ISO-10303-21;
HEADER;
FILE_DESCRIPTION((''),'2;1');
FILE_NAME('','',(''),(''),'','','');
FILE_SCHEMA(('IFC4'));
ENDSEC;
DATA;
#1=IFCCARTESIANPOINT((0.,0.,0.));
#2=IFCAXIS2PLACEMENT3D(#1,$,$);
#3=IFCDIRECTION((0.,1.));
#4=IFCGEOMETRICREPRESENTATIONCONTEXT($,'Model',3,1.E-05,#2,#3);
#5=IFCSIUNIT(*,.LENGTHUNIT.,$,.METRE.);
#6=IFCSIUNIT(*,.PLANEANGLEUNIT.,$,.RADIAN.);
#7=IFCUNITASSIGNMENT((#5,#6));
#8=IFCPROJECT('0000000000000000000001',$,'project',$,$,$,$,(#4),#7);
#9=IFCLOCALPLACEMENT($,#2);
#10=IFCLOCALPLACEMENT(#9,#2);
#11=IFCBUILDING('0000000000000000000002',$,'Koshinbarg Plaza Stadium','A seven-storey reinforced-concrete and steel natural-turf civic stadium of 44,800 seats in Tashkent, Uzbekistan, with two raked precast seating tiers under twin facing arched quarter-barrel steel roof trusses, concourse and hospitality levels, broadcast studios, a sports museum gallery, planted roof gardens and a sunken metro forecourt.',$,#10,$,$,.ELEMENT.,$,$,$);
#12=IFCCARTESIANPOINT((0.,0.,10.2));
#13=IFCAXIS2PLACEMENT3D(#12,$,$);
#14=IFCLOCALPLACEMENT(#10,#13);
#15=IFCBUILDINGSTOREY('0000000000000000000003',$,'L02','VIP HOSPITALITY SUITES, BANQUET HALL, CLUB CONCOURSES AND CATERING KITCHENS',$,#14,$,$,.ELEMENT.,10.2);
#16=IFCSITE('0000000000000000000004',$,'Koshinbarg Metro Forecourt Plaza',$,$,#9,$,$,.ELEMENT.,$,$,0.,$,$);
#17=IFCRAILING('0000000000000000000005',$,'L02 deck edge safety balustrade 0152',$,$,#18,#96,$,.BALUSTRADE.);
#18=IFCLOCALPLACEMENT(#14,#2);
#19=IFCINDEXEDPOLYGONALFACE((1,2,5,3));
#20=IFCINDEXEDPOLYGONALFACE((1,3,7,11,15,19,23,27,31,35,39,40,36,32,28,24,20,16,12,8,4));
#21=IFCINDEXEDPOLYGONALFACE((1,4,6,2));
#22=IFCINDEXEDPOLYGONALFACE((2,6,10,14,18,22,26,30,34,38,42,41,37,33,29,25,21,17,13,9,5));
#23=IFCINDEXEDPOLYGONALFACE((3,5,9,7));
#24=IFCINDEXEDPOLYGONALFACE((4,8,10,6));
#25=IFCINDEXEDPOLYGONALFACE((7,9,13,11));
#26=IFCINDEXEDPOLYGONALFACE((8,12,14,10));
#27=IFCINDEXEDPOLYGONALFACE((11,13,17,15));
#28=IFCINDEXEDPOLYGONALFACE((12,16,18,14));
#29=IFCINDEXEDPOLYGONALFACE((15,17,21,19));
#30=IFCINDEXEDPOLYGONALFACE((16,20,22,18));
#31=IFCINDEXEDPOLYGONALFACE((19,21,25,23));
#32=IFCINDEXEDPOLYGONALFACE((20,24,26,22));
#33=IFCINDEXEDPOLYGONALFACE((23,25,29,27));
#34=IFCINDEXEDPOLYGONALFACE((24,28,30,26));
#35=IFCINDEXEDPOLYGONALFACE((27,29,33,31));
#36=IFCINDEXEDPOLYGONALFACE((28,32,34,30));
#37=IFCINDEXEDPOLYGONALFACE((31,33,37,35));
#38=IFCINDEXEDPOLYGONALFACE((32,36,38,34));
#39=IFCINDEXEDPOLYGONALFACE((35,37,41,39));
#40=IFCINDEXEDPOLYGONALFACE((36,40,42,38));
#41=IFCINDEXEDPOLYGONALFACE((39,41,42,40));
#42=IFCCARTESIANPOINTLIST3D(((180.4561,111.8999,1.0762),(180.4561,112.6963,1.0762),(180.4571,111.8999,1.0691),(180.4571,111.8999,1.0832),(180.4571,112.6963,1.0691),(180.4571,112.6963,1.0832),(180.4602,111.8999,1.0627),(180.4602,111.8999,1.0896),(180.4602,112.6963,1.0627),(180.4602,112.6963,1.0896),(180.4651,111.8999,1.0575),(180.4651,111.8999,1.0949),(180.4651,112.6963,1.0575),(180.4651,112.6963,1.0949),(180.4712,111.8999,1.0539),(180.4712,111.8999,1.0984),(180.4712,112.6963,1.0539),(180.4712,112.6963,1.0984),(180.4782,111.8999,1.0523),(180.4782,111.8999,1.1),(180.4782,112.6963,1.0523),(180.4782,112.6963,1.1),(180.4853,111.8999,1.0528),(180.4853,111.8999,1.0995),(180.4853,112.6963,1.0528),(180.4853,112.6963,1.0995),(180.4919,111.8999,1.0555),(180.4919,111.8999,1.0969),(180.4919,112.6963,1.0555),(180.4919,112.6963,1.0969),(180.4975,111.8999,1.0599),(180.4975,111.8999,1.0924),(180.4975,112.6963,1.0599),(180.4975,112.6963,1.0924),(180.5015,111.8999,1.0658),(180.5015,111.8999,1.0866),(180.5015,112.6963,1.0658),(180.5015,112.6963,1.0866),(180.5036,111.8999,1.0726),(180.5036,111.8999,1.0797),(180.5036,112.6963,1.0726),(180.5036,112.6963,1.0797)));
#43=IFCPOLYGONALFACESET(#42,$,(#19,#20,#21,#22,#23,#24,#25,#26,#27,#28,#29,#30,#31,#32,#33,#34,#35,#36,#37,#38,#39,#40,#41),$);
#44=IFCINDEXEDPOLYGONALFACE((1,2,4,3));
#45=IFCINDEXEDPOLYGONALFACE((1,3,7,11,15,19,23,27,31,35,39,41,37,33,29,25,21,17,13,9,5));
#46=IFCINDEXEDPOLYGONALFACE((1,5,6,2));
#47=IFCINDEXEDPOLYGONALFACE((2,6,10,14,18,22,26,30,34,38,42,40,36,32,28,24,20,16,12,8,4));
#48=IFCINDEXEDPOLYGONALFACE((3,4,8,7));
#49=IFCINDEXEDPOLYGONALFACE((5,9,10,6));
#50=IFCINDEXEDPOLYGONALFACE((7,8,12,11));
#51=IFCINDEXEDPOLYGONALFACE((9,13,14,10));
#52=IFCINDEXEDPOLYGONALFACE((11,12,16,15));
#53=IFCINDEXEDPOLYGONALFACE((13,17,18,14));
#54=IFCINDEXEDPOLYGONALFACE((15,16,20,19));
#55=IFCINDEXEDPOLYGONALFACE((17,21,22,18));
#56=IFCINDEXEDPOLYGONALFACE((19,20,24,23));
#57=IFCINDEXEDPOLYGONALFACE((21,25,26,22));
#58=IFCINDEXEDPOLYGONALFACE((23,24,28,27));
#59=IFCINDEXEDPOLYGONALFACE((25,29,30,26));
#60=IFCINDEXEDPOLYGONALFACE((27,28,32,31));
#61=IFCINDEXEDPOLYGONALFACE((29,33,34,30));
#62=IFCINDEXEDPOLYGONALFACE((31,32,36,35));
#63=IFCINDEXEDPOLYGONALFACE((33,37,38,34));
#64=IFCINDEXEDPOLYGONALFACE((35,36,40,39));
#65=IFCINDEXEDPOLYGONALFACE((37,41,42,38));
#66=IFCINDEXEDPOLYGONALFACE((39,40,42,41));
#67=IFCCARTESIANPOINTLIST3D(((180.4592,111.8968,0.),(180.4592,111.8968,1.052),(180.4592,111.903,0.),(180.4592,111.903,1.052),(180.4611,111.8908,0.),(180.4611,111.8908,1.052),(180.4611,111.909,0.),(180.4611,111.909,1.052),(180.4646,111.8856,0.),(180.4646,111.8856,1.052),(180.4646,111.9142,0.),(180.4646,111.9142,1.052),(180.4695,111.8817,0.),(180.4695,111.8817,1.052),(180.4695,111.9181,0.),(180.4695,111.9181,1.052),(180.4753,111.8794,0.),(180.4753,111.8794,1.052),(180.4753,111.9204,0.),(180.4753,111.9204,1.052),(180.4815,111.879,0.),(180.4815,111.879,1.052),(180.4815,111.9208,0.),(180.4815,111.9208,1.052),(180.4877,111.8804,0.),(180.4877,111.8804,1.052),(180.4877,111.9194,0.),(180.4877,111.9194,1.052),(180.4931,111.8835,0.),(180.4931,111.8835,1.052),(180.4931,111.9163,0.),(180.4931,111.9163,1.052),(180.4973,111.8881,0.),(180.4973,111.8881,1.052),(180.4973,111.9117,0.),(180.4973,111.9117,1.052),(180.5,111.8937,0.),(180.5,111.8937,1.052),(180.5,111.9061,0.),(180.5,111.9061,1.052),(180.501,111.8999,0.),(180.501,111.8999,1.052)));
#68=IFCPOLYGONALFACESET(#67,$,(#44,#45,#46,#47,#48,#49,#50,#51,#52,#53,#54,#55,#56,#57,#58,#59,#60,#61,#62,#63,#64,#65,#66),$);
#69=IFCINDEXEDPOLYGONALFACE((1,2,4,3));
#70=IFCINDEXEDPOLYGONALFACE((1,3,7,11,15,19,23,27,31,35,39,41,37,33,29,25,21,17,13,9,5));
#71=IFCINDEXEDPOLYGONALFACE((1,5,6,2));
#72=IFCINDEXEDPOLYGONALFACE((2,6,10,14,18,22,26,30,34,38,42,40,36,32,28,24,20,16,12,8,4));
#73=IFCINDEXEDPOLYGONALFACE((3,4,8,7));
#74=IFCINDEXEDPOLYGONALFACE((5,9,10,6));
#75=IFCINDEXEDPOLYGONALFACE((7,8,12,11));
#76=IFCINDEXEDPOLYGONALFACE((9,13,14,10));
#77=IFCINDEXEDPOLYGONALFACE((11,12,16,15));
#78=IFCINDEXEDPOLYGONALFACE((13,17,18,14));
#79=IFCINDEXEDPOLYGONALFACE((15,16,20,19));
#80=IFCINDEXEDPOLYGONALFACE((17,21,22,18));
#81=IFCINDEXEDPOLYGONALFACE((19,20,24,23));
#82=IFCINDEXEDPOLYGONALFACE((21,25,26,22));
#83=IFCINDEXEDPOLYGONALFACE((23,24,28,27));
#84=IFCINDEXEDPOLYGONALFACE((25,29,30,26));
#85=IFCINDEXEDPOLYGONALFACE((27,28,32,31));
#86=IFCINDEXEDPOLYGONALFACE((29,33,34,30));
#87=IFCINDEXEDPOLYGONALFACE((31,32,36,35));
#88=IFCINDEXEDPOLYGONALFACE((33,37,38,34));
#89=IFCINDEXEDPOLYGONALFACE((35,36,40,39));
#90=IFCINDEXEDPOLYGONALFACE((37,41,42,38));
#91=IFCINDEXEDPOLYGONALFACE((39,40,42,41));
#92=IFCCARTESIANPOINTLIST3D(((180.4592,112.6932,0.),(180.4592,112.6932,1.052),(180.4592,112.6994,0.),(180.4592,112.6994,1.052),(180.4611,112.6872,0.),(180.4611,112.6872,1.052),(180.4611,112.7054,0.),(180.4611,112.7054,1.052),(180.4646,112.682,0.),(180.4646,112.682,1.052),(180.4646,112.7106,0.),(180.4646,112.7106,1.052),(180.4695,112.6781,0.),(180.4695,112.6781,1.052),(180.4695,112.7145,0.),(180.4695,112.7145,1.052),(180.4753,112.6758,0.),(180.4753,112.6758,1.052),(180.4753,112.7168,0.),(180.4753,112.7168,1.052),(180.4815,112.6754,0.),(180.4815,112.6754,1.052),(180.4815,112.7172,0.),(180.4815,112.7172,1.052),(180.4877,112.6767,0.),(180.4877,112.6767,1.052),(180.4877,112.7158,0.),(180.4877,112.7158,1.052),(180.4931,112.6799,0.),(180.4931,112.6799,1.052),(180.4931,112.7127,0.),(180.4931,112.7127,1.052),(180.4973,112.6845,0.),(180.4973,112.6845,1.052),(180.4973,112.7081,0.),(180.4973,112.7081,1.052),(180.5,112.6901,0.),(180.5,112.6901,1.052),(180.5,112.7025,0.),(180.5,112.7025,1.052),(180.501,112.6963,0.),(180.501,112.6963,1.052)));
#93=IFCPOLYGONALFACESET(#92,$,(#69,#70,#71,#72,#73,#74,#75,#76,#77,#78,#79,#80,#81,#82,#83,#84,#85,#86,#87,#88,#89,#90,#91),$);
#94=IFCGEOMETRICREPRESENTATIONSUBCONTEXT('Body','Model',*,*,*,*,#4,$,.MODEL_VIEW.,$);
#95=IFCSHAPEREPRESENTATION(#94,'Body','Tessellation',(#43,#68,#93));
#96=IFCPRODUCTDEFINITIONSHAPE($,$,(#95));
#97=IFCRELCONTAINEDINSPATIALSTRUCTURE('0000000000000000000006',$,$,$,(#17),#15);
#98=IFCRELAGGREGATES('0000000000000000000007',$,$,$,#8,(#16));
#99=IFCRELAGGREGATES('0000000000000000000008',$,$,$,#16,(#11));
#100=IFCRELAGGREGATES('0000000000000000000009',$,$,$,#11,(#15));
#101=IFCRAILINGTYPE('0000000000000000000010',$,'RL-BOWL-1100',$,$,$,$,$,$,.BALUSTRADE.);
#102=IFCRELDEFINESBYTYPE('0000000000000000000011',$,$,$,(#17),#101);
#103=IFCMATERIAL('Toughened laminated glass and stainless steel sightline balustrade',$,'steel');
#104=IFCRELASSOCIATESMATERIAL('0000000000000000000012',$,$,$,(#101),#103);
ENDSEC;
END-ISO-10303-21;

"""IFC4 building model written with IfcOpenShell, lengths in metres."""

from ifc_helpers import new_model, si_unit, direction, frame, origin, origin_2d, place, context, subcontext, project, spatial, circle, extrude, material, type_object, element, save


model = new_model("IFC4")

# Units and contexts
model_context = context("Model", 3, precision=1e-05, world=origin(), true_north=direction((0.0, 1.0)))
body_context = subcontext(model_context, "Body", "Model", "MODEL_VIEW")
ifc_project = project(units=[si_unit("LENGTHUNIT", "METRE"), si_unit("PLANEANGLEUNIT", "RADIAN")], contexts=[model_context])

# Site, building, storey
site_placement = place(None, origin())
site = spatial("IfcSite", under=ifc_project, at=site_placement, Name="Koshinbarg Metro Forecourt Plaza", CompositionType="ELEMENT", RefElevation=0.0)
building_placement = place(site_placement, origin())
building = spatial("IfcBuilding", under=site, at=building_placement, Name="Koshinbarg Plaza Stadium", Description="A seven-storey reinforced-concrete and steel natural-turf civic stadium of 44,800 seats in Tashkent, Uzbekistan, with two raked precast seating tiers under twin facing arched quarter-barrel steel roof trusses, concourse and hospitality levels, broadcast studios, a sports museum gallery, planted roof gardens and a sunken metro forecourt.", CompositionType="ELEMENT")
storey_placement = place(building_placement, frame((0.0, 0.0, 10.2)))
storey = spatial("IfcBuildingStorey", under=building, at=storey_placement, Name="L02", Description="VIP HOSPITALITY SUITES, BANQUET HALL, CLUB CONCOURSES AND CATERING KITCHENS", CompositionType="ELEMENT", Elevation=10.2)

# Railing
ifc_material_1 = material(Name="Toughened laminated glass and stainless steel sightline balustrade", Category="steel")
railing_type = type_object("IfcRailingType", Name="RL-BOWL-1100", PredefinedType="BALUSTRADE", material=ifc_material_1)
railing_1_placement = place(storey_placement, frame((180.48, 111.8999, 0.0)))
element("IfcRailing", 1, at=railing_1_placement, inside=storey, type_object=railing_type, Name="L02 deck edge safety balustrade 0152", PredefinedType="BALUSTRADE", context=body_context, shape_type="SweptSolid", body=[
    extrude(circle(Radius=0.0239, at=origin_2d()), frame((0.0, 0.0, 1.0762), z_axis=(0.0, 1.0, 0.0), x_axis=(-1.0, 0.0, 0.0)), (0.0, 0.0, 1.0), 0.7964),
    extrude(circle(Radius=0.021, at=origin_2d()), origin(), (0.0, 0.0, 1.0), 1.052),
    extrude(circle(Radius=0.021, at=origin_2d()), frame((0.0, 0.7964, 0.0)), (0.0, 0.0, 1.0), 1.052),
])

save(model, "model.ifc")
